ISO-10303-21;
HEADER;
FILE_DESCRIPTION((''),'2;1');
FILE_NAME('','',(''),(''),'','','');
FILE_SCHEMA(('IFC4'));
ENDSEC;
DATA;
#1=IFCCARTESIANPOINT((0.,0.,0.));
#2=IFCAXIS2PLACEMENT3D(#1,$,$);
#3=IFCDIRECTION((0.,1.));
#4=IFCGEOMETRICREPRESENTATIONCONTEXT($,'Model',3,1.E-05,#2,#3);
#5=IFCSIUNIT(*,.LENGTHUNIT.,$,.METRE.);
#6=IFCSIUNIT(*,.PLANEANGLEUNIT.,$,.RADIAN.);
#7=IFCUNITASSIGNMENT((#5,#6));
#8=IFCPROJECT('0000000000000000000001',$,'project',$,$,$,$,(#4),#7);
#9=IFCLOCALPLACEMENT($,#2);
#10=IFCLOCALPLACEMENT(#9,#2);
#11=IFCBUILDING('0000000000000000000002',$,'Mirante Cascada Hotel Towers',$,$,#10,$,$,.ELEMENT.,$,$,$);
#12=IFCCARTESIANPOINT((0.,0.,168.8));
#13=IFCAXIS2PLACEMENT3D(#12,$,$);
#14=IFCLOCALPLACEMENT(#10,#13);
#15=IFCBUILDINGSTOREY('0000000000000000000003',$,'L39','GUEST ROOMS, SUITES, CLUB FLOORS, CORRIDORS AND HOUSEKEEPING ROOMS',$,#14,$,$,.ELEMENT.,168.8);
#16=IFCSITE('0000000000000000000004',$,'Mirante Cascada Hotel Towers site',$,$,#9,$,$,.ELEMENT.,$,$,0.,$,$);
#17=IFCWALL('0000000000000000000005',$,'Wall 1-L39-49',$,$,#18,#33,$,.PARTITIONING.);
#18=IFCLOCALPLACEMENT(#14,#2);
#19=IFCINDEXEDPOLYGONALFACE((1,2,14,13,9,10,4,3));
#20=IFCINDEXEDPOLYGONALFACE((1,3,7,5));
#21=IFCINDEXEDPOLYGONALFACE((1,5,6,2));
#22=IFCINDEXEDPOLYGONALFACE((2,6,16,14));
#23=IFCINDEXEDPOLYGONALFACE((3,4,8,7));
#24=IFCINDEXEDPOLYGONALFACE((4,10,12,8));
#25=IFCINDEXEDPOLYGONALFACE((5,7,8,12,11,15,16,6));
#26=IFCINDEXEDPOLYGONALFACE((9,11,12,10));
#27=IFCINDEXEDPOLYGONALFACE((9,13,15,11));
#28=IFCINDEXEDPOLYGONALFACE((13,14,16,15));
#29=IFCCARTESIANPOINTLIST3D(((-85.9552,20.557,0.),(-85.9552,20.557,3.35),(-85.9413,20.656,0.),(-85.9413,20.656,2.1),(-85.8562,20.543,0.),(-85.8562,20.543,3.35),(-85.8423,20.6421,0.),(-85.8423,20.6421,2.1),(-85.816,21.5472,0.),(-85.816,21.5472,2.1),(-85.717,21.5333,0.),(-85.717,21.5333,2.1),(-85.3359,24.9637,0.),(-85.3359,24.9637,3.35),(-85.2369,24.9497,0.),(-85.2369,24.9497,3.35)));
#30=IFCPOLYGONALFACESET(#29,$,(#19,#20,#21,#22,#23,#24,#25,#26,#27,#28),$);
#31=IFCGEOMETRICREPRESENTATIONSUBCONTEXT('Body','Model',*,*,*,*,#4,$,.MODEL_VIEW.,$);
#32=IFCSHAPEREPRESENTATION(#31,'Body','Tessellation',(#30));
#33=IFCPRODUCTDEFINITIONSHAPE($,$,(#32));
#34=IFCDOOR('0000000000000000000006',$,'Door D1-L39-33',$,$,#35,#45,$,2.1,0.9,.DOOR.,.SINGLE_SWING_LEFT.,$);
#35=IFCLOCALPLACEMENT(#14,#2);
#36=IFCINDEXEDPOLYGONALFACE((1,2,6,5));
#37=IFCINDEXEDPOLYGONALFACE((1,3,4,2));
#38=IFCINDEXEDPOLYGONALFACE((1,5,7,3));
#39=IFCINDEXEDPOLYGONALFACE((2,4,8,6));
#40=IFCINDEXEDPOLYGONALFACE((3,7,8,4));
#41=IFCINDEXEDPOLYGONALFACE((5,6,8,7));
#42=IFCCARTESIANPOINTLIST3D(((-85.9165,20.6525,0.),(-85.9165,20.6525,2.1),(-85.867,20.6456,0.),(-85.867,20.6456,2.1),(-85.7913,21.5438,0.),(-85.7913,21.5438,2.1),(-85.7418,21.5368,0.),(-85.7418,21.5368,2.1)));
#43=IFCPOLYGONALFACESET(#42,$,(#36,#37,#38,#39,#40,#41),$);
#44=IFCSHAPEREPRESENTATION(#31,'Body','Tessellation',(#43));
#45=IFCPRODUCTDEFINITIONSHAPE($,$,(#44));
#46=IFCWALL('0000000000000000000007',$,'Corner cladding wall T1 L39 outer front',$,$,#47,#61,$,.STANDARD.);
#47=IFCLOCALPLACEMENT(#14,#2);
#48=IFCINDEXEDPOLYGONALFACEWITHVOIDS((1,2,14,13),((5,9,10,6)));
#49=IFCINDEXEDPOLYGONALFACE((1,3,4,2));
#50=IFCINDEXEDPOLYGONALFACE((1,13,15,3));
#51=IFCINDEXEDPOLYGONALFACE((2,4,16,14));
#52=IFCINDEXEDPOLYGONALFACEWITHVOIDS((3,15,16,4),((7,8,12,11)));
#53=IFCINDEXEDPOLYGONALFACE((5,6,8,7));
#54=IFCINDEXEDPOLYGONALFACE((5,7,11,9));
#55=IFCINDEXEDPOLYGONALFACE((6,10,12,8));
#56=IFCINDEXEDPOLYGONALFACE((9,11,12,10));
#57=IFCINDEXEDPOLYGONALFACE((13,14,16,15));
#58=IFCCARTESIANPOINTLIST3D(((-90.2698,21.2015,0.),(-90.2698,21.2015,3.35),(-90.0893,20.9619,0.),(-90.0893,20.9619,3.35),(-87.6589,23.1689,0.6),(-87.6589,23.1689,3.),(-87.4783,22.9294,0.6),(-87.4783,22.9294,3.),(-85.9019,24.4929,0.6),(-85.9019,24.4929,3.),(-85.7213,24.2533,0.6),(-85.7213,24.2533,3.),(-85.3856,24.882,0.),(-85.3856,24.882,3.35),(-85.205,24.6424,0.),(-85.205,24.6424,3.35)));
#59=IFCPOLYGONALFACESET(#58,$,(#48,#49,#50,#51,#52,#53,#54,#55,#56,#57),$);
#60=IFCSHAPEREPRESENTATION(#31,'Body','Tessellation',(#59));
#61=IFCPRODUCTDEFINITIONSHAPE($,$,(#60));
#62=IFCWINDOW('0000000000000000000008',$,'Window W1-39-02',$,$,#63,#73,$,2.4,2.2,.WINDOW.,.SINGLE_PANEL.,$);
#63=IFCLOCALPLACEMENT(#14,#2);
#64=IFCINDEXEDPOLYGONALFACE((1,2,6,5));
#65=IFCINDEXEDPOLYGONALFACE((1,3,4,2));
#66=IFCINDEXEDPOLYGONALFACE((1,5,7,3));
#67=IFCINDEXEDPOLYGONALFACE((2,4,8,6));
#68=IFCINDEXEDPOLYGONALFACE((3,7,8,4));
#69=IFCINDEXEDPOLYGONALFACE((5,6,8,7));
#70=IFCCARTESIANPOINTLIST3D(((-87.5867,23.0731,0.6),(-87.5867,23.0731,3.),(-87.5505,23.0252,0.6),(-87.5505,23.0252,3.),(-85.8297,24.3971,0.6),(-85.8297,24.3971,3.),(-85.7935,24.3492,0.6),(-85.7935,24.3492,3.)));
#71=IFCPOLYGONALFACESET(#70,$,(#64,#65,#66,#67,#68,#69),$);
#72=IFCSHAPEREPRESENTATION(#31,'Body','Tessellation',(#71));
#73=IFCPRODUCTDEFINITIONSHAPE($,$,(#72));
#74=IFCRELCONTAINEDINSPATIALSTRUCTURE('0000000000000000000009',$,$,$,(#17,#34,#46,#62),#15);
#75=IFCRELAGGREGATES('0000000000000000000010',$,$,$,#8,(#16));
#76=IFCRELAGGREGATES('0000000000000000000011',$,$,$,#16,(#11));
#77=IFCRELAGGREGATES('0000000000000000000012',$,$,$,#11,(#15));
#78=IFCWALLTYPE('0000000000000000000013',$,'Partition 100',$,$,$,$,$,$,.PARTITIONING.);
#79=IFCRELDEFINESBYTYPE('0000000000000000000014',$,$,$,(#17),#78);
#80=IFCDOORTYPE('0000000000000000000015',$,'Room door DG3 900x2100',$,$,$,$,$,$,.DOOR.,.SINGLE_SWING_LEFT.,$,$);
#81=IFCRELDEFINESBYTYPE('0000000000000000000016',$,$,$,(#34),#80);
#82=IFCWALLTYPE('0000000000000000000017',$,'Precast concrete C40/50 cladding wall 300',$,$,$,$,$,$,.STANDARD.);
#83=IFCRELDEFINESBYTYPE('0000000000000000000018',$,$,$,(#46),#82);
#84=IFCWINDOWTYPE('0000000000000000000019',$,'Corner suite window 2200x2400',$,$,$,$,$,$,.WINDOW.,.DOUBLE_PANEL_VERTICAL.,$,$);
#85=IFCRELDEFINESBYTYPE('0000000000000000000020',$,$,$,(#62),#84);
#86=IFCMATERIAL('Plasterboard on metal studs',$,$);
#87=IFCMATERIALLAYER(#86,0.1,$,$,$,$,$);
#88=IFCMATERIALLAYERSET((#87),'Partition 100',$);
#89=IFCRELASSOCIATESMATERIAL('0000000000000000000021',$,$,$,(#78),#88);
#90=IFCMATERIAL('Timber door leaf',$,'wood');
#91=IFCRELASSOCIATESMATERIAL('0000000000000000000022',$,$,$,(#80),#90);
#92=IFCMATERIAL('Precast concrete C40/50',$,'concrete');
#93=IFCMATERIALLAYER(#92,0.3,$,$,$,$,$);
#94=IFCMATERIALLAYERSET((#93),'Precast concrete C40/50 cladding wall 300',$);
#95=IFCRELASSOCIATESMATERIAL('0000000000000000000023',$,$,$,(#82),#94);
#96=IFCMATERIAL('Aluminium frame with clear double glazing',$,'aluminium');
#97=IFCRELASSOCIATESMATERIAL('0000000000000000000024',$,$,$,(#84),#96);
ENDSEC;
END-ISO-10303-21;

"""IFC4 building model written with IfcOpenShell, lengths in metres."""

from ifc_helpers import new_model, si_unit, direction, frame, frame_2d, origin, place, context, subcontext, project, spatial, rectangle, extrude, material, layer, layer_set, type_object, element, fill, save


model = new_model("IFC4")

# Units and contexts
model_context = context("Model", 3, precision=1e-05, world=origin(), true_north=direction((0.0, 1.0)))
body_context = subcontext(model_context, "Body", "Model", "MODEL_VIEW")
ifc_project = project(units=[si_unit("LENGTHUNIT", "METRE"), si_unit("PLANEANGLEUNIT", "RADIAN")], contexts=[model_context])

# Site, building, storey
site_placement = place(None, origin())
site = spatial("IfcSite", under=ifc_project, at=site_placement, Name="Mirante Cascada Hotel Towers site", CompositionType="ELEMENT", RefElevation=0.0)
building_placement = place(site_placement, origin())
building = spatial("IfcBuilding", under=site, at=building_placement, Name="Mirante Cascada Hotel Towers", CompositionType="ELEMENT")
storey_placement = place(building_placement, frame((0.0, 0.0, 168.8)))
storey = spatial("IfcBuildingStorey", under=building, at=storey_placement, Name="L39", Description="GUEST ROOMS, SUITES, CLUB FLOORS, CORRIDORS AND HOUSEKEEPING ROOMS", CompositionType="ELEMENT", Elevation=168.8)

# Shared definitions
ifc_material_1 = material(Name="Plasterboard on metal studs")
ifc_layer_1 = layer(ifc_material_1, 0.1)
ifc_layer_set_1 = layer_set([ifc_layer_1], Name="Partition 100")
wall_type_1 = type_object("IfcWallType", Name="Partition 100", PredefinedType="PARTITIONING", material=ifc_layer_set_1)

# Wall, opening, door
wall_1_placement = place(storey_placement, frame((-85.2864, 24.9567, 0.0), z_axis=(0.0, 0.0, 1.0), x_axis=(-0.139168, -0.990269, 0.0)))
wall_1 = element("IfcWall", 1, at=wall_1_placement, inside=storey, type_object=wall_type_1, Name="Wall 1-L39-49", PredefinedType="PARTITIONING", context=body_context, shape_type="SweptSolid", body=[
    extrude(rectangle(XDim=4.45, YDim=0.1, at=frame_2d((2.225, 0.0))), origin(), (0.0, 0.0, 1.0), 3.35),
])
opening_1_placement = place(wall_1_placement, frame((3.45, 0.0, 0.0)))
opening_1 = element("IfcOpeningElement", 2, at=opening_1_placement, cuts=wall_1, PredefinedType="OPENING", context=body_context, shape_type="SweptSolid", body=[
    extrude(rectangle(XDim=0.9, YDim=2.1, at=frame_2d((0.45, 1.05))), frame((0.0, 0.05, 0.0), z_axis=(0.0, -1.0, 0.0), x_axis=(1.0, 0.0, 0.0)), (0.0, 0.0, 1.0), 0.1),
])
ifc_material_2 = material(Name="Timber door leaf", Category="wood")
door_type = type_object("IfcDoorType", Name="Room door DG3 900x2100", OperationType="SINGLE_SWING_LEFT", PredefinedType="DOOR", material=ifc_material_2)
door_placement = place(opening_1_placement, origin())
door = element("IfcDoor", 3, at=door_placement, inside=storey, type_object=door_type, Name="Door D1-L39-33", OperationType="SINGLE_SWING_LEFT", OverallHeight=2.1, OverallWidth=0.9, PredefinedType="DOOR", context=body_context, shape_type="SweptSolid", body=[
    extrude(rectangle(XDim=0.9, YDim=2.1, at=frame_2d((0.45, 1.05))), frame((0.0, 0.025, 0.0), z_axis=(0.0, -1.0, 0.0), x_axis=(1.0, 0.0, 0.0)), (0.0, 0.0, 1.0), 0.05),
])
fill(opening_1, door)

# Wall, opening, window
ifc_material_3 = material(Name="Precast concrete C40/50", Category="concrete")
ifc_layer_2 = layer(ifc_material_3, 0.3)
ifc_layer_set_2 = layer_set([ifc_layer_2], Name="Precast concrete C40/50 cladding wall 300")
wall_type_2 = type_object("IfcWallType", Name="Precast concrete C40/50 cladding wall 300", PredefinedType="STANDARD", material=ifc_layer_set_2)
wall_2_placement = place(storey_placement, frame((-90.1795, 21.0817, 0.0), z_axis=(0.0, 0.0, 1.0), x_axis=(0.798636, 0.601814, 0.0)))
wall_2 = element("IfcWall", 4, at=wall_2_placement, inside=storey, type_object=wall_type_2, Name="Corner cladding wall T1 L39 outer front", PredefinedType="STANDARD", context=body_context, shape_type="SweptSolid", body=[
    extrude(rectangle(XDim=6.1157, YDim=0.3, at=frame_2d((3.0578, 0.0))), origin(), (0.0, 0.0, 1.0), 3.35),
])
opening_2_placement = place(wall_2_placement, frame((3.2692, 0.0, 0.6)))
opening_2 = element("IfcOpeningElement", 5, at=opening_2_placement, cuts=wall_2, PredefinedType="OPENING", context=body_context, shape_type="SweptSolid", body=[
    extrude(rectangle(XDim=2.2, YDim=2.4, at=frame_2d((1.1, 1.2))), frame((0.0, 0.15, 0.0), z_axis=(0.0, -1.0, 0.0), x_axis=(1.0, 0.0, 0.0)), (0.0, 0.0, 1.0), 0.3),
])
ifc_material_4 = material(Name="Aluminium frame with clear double glazing", Category="aluminium")
window_type = type_object("IfcWindowType", Name="Corner suite window 2200x2400", PartitioningType="DOUBLE_PANEL_VERTICAL", PredefinedType="WINDOW", material=ifc_material_4)
window_placement = place(opening_2_placement, origin())
window = element("IfcWindow", 6, at=window_placement, inside=storey, type_object=window_type, Name="Window W1-39-02", OverallHeight=2.4, OverallWidth=2.2, PartitioningType="SINGLE_PANEL", PredefinedType="WINDOW", context=body_context, shape_type="SweptSolid", body=[
    extrude(rectangle(XDim=2.2, YDim=2.4, at=frame_2d((1.1, 1.2))), frame((0.0, 0.03, 0.0), z_axis=(0.0, -1.0, 0.0), x_axis=(1.0, 0.0, 0.0)), (0.0, 0.0, 1.0), 0.06),
])
fill(opening_2, window)

save(model, "model.ifc")
